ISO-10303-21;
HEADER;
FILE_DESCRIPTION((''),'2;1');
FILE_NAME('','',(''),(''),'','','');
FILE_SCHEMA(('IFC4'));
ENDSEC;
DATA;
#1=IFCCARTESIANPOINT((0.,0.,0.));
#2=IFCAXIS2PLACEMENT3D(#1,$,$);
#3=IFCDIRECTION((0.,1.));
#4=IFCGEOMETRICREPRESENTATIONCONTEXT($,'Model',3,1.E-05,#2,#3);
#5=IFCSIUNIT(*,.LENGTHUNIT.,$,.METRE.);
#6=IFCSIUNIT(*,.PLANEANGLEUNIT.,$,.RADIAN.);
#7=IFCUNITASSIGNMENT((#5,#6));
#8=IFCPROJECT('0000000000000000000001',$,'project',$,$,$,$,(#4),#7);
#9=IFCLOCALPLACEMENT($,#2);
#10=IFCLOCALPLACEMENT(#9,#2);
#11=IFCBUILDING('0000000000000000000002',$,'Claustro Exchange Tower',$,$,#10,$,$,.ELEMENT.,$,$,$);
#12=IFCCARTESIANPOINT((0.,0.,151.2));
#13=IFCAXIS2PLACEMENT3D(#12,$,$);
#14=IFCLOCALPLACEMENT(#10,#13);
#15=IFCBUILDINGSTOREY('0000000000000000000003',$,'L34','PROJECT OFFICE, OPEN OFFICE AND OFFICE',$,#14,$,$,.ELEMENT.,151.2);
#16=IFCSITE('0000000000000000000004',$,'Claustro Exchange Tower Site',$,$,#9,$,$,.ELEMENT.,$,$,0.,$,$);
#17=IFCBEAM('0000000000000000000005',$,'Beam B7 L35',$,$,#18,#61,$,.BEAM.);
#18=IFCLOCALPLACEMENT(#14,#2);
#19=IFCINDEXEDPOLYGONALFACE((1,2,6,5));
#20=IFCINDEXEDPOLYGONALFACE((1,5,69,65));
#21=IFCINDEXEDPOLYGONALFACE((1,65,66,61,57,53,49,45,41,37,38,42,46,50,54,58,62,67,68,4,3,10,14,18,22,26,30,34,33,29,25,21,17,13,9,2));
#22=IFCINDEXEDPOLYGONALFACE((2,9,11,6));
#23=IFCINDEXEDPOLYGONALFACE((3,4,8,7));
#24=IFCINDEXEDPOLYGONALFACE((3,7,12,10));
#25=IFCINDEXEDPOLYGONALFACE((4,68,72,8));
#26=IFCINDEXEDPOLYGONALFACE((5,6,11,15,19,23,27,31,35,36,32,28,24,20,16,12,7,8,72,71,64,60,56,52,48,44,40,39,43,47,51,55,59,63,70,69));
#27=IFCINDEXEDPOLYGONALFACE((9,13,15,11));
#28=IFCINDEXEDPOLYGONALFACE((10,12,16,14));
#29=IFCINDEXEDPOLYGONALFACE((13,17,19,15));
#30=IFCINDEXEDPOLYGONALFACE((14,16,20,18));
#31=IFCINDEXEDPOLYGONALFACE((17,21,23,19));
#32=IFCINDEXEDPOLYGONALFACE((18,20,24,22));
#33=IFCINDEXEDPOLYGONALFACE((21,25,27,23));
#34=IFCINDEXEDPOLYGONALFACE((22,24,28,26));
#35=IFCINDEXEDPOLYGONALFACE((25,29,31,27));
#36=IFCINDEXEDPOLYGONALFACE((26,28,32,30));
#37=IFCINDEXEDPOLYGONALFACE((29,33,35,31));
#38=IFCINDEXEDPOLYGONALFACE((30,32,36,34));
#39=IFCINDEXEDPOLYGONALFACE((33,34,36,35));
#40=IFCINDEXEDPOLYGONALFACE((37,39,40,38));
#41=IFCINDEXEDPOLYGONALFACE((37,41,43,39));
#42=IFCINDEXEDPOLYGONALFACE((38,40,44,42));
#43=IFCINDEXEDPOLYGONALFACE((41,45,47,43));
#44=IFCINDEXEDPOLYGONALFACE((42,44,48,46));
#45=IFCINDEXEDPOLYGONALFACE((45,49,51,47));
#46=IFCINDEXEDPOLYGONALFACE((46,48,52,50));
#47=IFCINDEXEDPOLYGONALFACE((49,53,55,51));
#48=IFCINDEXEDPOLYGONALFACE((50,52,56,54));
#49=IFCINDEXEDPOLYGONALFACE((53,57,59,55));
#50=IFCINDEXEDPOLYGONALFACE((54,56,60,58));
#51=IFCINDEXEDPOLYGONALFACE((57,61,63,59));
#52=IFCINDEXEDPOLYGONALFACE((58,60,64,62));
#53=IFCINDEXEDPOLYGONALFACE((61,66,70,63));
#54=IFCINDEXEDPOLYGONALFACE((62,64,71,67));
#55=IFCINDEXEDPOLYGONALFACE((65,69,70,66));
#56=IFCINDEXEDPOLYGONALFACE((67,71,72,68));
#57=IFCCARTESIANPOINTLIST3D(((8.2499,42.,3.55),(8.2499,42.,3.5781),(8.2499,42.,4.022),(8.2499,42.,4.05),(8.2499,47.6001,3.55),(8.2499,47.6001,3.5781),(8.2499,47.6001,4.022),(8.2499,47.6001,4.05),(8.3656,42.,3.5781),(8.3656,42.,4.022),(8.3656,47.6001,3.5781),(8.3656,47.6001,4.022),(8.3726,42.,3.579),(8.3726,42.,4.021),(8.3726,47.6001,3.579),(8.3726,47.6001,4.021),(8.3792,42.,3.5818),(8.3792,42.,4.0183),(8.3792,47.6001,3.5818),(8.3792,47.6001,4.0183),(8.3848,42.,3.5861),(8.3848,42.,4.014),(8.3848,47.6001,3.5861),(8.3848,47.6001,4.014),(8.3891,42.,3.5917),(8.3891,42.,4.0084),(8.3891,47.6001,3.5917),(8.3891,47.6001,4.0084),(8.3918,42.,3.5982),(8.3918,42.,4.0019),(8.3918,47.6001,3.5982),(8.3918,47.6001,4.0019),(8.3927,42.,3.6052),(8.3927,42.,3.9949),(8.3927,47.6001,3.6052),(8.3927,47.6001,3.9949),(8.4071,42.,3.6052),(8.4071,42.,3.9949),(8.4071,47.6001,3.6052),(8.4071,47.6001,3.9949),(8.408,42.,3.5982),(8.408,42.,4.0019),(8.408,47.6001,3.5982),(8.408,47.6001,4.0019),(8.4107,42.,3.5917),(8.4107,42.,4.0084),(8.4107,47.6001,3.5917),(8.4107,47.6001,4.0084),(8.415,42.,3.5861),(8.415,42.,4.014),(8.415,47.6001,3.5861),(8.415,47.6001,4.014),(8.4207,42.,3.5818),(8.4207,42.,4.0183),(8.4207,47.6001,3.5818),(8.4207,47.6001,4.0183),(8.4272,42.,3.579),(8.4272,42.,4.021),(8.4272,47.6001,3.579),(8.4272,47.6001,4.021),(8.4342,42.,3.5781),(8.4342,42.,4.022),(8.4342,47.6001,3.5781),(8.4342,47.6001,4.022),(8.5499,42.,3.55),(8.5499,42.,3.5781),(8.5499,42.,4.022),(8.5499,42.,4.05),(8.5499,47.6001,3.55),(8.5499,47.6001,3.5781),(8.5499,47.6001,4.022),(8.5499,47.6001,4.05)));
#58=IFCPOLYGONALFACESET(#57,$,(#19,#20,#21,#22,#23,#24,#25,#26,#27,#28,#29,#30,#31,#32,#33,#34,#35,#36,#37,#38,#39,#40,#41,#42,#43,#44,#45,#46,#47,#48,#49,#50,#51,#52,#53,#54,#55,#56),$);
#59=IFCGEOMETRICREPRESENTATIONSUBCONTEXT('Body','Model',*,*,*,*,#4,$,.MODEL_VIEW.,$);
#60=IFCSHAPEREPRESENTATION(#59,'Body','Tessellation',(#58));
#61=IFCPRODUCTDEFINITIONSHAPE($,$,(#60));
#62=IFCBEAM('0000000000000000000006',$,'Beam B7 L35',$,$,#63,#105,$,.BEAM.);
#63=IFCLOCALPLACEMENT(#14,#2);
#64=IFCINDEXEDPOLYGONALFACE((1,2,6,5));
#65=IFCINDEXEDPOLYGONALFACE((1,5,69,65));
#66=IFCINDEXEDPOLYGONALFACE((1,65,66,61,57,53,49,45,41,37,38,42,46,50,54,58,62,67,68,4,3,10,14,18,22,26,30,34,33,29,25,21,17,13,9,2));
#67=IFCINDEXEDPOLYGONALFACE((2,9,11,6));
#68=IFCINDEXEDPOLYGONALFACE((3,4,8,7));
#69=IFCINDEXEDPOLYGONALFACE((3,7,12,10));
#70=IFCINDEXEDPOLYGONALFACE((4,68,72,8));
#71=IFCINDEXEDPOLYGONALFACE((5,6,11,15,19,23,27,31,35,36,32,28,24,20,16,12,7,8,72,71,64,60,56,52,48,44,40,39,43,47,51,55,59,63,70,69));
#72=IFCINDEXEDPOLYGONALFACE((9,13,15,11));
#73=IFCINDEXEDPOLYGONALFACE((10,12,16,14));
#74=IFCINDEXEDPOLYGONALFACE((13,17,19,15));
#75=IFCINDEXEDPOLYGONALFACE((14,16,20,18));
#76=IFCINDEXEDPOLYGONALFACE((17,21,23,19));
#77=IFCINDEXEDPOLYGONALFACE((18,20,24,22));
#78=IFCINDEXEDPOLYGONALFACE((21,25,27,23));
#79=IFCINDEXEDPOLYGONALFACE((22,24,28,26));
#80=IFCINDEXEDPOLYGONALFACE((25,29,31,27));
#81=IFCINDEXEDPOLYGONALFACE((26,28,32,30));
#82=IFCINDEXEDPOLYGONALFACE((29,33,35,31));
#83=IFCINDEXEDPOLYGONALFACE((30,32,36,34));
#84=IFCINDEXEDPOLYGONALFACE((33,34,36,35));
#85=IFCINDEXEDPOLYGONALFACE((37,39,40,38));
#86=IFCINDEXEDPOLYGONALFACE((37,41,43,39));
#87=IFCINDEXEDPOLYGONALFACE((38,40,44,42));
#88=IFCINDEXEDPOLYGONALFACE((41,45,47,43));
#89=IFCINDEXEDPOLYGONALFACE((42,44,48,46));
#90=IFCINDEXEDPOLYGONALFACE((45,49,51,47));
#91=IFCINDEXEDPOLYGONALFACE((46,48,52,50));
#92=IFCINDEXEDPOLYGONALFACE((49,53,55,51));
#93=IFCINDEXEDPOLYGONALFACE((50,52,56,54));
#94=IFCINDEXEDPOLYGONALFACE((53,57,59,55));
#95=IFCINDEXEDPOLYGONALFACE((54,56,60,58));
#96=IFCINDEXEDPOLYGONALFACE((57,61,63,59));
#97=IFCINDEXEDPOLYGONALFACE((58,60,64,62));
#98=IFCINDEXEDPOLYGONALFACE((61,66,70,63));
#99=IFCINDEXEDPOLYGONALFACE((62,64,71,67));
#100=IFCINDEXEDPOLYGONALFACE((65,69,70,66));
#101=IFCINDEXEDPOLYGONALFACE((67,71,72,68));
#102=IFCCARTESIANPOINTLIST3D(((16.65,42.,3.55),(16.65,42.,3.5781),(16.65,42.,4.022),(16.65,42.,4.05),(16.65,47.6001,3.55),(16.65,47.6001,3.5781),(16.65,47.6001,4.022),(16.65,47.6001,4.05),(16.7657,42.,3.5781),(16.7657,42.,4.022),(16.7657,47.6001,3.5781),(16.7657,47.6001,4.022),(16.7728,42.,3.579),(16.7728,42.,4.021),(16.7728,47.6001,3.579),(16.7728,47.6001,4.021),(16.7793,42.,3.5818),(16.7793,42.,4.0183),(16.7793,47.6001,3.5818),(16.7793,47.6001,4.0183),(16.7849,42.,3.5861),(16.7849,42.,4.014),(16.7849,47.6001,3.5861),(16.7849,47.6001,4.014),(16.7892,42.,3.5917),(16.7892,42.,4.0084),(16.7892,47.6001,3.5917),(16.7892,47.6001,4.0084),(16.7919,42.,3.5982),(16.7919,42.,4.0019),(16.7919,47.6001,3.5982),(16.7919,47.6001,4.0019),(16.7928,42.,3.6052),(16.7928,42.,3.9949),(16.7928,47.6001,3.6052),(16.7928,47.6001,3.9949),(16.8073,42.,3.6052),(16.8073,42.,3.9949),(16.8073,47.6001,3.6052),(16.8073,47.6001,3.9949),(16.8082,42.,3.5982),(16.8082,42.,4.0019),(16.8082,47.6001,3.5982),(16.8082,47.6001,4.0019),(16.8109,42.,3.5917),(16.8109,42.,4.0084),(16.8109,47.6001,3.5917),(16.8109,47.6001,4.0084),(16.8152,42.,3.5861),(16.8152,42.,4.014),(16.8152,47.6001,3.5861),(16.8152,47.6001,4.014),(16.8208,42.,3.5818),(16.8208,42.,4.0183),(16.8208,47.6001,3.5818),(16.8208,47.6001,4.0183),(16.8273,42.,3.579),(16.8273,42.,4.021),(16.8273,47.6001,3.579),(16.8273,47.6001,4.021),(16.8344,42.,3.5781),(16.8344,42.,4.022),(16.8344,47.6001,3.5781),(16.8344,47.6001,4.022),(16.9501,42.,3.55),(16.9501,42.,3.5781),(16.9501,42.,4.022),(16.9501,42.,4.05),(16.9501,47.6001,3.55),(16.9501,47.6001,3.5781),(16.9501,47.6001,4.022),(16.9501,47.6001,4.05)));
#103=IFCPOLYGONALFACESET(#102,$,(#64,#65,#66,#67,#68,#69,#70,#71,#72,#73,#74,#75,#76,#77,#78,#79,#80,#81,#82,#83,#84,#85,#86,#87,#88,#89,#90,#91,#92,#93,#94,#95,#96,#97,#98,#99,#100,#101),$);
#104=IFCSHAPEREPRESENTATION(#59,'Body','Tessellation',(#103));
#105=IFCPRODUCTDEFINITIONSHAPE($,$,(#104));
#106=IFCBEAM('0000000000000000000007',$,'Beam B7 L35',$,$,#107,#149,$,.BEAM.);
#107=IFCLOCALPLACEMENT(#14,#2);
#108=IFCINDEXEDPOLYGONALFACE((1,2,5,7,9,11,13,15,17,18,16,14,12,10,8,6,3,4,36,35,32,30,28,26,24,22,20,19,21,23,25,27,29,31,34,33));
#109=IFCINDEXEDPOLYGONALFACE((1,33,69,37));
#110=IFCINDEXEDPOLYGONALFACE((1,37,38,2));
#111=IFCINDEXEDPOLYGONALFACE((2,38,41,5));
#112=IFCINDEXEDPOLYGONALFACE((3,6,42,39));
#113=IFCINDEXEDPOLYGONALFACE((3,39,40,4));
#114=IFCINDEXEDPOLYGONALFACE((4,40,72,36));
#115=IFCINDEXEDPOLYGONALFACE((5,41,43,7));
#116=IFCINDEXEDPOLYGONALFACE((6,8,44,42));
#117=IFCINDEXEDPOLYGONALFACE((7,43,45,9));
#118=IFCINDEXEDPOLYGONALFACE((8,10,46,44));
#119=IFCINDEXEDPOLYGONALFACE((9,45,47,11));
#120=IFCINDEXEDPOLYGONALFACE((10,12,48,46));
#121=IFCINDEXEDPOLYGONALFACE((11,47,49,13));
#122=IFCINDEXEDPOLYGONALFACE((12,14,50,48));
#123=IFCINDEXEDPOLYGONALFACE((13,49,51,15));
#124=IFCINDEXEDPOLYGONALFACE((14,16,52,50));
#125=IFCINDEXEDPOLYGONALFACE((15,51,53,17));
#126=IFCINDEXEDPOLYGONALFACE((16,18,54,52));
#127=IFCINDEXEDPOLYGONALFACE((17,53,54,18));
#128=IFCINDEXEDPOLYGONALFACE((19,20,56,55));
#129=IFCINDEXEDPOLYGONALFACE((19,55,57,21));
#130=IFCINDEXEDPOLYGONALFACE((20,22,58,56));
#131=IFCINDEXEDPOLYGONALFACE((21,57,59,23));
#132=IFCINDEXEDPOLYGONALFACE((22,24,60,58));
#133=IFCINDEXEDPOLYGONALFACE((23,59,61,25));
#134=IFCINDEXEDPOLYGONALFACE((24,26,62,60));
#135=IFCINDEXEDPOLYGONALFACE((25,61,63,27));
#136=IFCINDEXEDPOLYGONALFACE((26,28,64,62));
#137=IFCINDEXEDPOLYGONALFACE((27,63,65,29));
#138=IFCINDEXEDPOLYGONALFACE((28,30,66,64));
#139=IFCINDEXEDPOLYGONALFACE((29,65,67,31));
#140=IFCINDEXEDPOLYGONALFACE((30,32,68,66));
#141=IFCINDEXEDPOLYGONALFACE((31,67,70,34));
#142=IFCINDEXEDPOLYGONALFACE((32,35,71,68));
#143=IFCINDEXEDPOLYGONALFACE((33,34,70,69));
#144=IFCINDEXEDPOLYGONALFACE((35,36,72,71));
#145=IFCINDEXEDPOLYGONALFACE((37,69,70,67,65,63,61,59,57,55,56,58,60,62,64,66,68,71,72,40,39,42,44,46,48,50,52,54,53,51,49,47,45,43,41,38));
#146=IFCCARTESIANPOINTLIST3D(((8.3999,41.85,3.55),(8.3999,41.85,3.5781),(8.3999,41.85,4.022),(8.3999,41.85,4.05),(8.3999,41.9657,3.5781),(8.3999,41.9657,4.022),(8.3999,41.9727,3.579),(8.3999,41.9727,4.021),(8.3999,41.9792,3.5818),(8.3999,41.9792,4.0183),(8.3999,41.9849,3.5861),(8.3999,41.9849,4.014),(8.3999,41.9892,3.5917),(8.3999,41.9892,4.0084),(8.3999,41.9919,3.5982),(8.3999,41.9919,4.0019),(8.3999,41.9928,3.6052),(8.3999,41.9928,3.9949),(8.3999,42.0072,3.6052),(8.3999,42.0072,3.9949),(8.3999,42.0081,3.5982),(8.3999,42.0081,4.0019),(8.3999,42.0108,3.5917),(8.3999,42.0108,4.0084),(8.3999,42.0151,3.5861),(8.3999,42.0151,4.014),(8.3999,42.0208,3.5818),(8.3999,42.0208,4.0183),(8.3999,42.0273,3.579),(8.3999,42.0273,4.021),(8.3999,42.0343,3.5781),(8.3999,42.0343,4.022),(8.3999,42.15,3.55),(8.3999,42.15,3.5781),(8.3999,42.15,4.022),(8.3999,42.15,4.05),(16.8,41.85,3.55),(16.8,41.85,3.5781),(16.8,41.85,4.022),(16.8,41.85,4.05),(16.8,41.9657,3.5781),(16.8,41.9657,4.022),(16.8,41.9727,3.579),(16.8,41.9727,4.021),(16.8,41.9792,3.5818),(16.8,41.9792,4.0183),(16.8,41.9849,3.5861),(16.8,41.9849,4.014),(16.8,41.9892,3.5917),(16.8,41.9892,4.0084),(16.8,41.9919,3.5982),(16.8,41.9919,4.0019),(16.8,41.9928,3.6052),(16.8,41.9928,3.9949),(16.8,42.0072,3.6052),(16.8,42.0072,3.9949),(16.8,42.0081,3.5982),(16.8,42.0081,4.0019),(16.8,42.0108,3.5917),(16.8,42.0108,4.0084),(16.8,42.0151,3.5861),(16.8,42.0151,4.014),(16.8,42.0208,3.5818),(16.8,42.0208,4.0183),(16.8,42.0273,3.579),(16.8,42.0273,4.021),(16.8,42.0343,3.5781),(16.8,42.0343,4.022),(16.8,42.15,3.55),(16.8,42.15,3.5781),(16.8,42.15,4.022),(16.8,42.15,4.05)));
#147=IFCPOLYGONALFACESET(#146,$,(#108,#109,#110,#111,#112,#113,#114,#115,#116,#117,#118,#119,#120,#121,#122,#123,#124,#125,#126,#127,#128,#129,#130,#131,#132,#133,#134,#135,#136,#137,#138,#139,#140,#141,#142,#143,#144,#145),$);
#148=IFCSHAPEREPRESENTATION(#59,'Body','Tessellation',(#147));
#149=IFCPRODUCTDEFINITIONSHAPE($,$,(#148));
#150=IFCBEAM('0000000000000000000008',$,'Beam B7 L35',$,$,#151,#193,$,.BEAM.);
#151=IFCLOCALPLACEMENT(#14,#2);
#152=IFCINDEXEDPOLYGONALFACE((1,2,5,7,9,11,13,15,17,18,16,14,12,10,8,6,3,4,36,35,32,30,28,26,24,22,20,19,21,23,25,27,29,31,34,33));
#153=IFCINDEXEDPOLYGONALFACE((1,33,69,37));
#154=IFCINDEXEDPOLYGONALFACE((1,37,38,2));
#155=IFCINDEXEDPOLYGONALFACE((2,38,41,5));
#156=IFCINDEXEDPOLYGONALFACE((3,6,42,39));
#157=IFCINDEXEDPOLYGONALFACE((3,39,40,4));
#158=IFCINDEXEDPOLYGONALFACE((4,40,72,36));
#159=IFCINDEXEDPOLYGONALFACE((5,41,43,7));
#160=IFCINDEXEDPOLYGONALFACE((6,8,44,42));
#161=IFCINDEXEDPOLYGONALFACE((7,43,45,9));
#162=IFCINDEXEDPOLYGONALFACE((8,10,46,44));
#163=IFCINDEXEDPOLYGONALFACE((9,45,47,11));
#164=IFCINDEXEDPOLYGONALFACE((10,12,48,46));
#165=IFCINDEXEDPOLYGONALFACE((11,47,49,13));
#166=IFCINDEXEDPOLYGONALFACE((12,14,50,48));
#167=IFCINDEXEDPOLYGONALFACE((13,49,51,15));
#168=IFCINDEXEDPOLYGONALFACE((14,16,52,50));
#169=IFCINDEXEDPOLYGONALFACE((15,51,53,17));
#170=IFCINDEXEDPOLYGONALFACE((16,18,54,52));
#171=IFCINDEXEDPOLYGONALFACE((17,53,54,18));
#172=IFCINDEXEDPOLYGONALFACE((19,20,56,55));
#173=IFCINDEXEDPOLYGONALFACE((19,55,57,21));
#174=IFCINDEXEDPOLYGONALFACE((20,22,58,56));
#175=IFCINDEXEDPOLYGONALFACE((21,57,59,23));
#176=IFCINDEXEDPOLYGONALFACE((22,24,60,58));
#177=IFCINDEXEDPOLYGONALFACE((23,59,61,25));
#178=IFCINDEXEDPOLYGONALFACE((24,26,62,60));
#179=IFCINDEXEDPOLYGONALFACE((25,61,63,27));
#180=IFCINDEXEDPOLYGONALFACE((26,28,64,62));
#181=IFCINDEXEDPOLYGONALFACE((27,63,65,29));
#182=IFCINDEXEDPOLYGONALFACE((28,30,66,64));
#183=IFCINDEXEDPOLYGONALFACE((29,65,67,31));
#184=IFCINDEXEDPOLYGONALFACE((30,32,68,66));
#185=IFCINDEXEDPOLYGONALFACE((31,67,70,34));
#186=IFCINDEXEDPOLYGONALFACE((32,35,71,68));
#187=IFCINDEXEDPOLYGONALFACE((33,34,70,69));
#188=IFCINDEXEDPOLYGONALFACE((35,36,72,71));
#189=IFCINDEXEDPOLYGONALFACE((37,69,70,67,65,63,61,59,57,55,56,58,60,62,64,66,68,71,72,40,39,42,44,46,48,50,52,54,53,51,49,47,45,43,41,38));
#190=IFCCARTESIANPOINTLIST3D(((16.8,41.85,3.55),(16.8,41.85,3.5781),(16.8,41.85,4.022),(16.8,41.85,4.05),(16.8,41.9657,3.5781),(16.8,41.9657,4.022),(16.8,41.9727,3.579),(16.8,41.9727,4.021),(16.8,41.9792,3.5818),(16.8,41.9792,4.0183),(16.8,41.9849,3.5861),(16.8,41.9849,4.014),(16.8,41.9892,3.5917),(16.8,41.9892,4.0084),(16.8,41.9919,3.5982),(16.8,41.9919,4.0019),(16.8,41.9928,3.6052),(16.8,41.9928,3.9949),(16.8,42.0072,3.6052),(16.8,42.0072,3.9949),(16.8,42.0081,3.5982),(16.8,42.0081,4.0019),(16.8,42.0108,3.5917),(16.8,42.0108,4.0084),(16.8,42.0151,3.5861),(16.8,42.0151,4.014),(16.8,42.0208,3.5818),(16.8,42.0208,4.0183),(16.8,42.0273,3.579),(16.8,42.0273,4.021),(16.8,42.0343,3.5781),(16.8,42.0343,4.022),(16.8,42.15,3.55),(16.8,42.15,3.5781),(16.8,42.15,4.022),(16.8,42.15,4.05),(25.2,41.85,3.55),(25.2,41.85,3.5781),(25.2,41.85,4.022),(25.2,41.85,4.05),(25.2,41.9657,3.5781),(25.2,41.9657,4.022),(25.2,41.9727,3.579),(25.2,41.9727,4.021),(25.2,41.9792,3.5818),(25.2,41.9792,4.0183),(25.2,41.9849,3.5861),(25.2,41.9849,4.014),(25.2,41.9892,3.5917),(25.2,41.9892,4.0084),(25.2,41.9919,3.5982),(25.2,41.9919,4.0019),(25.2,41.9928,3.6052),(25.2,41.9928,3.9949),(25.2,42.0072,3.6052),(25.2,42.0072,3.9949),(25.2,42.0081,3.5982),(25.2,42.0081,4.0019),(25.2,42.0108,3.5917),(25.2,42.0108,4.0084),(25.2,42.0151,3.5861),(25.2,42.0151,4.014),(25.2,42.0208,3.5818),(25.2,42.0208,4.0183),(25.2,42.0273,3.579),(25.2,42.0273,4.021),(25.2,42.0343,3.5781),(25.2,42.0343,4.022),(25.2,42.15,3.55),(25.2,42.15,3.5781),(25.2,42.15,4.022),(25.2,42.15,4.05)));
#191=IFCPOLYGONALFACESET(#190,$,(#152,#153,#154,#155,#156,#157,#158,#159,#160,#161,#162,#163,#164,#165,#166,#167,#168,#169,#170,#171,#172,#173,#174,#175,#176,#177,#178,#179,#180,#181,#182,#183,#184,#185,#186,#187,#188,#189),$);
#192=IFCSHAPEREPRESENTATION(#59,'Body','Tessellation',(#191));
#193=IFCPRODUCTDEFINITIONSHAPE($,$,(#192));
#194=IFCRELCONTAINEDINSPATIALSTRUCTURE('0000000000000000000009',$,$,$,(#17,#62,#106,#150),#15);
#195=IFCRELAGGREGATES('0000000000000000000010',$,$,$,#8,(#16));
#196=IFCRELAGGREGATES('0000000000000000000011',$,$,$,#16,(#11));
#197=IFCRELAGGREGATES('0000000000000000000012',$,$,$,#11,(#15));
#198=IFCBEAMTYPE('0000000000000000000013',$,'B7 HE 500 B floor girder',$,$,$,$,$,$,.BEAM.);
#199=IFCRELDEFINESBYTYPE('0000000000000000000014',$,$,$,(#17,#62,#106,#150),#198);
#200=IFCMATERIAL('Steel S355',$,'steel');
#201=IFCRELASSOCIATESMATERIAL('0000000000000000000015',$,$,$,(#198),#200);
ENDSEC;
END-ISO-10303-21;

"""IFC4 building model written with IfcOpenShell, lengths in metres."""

from ifc_helpers import new_model, si_unit, direction, frame, origin, origin_2d, place, context, subcontext, project, spatial, i_section, extrude, material, material_profile, profile_set, type_object, element, save


model = new_model("IFC4")

# Units and contexts
model_context = context("Model", 3, precision=1e-05, world=origin(), true_north=direction((0.0, 1.0)))
body_context = subcontext(model_context, "Body", "Model", "MODEL_VIEW")
ifc_project = project(units=[si_unit("LENGTHUNIT", "METRE"), si_unit("PLANEANGLEUNIT", "RADIAN")], contexts=[model_context])

# Site, building, storey
site_placement = place(None, origin())
site = spatial("IfcSite", under=ifc_project, at=site_placement, Name="Claustro Exchange Tower Site", CompositionType="ELEMENT", RefElevation=0.0)
building_placement = place(site_placement, origin())
building = spatial("IfcBuilding", under=site, at=building_placement, Name="Claustro Exchange Tower", CompositionType="ELEMENT")
storey_placement = place(building_placement, frame((0.0, 0.0, 151.2)))
storey = spatial("IfcBuildingStorey", under=building, at=storey_placement, Name="L34", Description="PROJECT OFFICE, OPEN OFFICE AND OFFICE", CompositionType="ELEMENT", Elevation=151.2)

# Beams
ifc_material_1 = material(Name="Steel S355", Category="steel")
ifc_material_profile_1 = material_profile(ifc_material_1, i_section(OverallWidth=0.3, OverallDepth=0.5, WebThickness=0.0144, FlangeThickness=0.0281, FilletRadius=0.0271, at=origin_2d()), Name="HE 500 B")
ifc_profile_set_1 = profile_set([ifc_material_profile_1], Name="Steel S355")
beam_type_1 = type_object("IfcBeamType", Name="B7 HE 500 B floor girder", PredefinedType="BEAM", material=ifc_profile_set_1)
for number, where, z_axis, x_axis, name in (
    (1, (8.3999, 42.0, 3.8), (0.0, 1.0, 0.0), (-1.0, 0.0, 0.0), "Beam B7 L35"),
    (2, (16.8, 42.0, 3.8), (0.0, 1.0, 0.0), (-1.0, 0.0, 0.0), "Beam B7 L35"),
):
    element("IfcBeam", number, at=place(storey_placement, frame(where, z_axis=z_axis, x_axis=x_axis)), inside=storey, type_object=beam_type_1, Name=name, PredefinedType="BEAM", context=body_context, shape_type="SweptSolid", body=[
        extrude(i_section(OverallWidth=0.3, OverallDepth=0.5, WebThickness=0.0144, FlangeThickness=0.0281, FilletRadius=0.0271, at=origin_2d()), origin(), (0.0, 0.0, 1.0), 5.6001),
    ])
beam_1_placement = place(storey_placement, frame((8.3999, 42.0, 3.8), z_axis=(1.0, 0.0, 0.0), x_axis=(0.0, 1.0, 0.0)))
element("IfcBeam", 3, at=beam_1_placement, inside=storey, type_object=beam_type_1, Name="Beam B7 L35", PredefinedType="BEAM", context=body_context, shape_type="SweptSolid", body=[
    extrude(i_section(OverallWidth=0.3, OverallDepth=0.5, WebThickness=0.0144, FlangeThickness=0.0281, FilletRadius=0.0271, at=origin_2d()), origin(), (0.0, 0.0, 1.0), 8.4001),
])
beam_2_placement = place(storey_placement, frame((16.8, 42.0, 3.8), z_axis=(1.0, 0.0, 0.0), x_axis=(0.0, 1.0, 0.0)))
element("IfcBeam", 4, at=beam_2_placement, inside=storey, type_object=beam_type_1, Name="Beam B7 L35", PredefinedType="BEAM", context=body_context, shape_type="SweptSolid", body=[
    extrude(i_section(OverallWidth=0.3, OverallDepth=0.5, WebThickness=0.0144, FlangeThickness=0.0281, FilletRadius=0.0271, at=origin_2d()), origin(), (0.0, 0.0, 1.0), 8.3999),
])

save(model, "model.ifc")
